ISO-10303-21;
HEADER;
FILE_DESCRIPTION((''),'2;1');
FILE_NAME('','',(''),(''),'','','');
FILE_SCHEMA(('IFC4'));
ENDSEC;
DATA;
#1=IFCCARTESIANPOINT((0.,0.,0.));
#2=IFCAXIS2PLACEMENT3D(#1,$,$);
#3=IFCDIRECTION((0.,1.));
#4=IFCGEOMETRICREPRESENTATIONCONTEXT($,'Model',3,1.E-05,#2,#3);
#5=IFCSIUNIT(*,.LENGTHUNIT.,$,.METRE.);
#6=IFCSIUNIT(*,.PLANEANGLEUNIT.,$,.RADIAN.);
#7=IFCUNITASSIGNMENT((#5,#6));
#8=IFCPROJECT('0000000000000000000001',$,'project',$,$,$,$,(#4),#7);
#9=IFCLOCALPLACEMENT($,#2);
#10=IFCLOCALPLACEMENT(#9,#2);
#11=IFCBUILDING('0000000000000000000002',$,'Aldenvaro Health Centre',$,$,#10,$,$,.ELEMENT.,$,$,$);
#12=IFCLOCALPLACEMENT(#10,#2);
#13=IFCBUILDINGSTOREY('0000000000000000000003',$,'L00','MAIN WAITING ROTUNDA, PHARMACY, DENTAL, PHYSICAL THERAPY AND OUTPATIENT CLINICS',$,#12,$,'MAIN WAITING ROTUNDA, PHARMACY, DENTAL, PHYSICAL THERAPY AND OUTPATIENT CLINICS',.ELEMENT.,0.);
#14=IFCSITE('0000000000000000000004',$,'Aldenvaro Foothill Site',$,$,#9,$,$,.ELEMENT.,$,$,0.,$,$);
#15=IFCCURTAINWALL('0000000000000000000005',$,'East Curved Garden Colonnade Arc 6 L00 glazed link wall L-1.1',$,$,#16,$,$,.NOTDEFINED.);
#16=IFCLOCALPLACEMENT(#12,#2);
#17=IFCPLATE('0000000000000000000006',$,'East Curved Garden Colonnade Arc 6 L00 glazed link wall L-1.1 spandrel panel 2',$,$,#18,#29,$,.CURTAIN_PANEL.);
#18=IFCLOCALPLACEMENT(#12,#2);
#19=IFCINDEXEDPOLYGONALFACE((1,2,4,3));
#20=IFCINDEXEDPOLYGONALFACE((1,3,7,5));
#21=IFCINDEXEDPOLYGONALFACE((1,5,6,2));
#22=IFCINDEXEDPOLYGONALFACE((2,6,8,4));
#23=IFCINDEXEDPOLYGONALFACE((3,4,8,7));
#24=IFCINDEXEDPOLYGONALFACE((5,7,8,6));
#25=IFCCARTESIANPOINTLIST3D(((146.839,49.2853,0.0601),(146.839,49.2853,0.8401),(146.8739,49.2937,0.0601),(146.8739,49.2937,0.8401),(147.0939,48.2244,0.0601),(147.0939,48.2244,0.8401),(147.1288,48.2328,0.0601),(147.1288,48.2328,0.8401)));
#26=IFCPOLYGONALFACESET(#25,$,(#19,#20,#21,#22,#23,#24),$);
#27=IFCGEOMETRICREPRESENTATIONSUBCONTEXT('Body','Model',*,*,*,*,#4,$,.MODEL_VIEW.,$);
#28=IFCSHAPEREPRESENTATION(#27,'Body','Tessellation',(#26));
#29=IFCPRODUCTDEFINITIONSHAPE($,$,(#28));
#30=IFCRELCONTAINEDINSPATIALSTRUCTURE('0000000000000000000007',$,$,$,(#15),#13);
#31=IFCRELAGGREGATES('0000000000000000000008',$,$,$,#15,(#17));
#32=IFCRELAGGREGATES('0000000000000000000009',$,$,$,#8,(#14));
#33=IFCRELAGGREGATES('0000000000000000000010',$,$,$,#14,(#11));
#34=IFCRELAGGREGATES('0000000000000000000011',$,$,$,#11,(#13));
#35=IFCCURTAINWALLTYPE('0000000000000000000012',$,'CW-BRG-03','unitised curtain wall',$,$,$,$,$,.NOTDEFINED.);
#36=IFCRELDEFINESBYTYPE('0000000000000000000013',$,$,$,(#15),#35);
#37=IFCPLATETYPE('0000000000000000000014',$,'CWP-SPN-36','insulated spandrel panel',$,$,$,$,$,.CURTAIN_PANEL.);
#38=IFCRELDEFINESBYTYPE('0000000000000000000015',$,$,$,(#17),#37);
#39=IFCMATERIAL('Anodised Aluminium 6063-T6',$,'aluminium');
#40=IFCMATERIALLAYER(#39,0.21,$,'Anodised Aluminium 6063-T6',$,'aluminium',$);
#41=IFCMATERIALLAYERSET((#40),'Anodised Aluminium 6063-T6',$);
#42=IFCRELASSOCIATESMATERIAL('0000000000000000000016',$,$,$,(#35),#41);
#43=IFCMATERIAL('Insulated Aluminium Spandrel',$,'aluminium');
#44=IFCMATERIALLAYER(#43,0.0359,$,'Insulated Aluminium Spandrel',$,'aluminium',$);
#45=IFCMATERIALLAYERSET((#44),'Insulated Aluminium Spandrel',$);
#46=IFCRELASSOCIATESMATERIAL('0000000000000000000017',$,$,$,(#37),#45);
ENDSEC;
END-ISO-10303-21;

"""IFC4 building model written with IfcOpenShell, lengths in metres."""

from ifc_helpers import new_model, si_unit, direction, frame, origin, origin_2d, place, context, subcontext, project, spatial, rectangle, extrude, material, layer, layer_set, type_object, element, aggregate, save


model = new_model("IFC4")

# Units and contexts
model_context = context("Model", 3, precision=1e-05, world=origin(), true_north=direction((0.0, 1.0)))
body_context = subcontext(model_context, "Body", "Model", "MODEL_VIEW")
ifc_project = project(units=[si_unit("LENGTHUNIT", "METRE"), si_unit("PLANEANGLEUNIT", "RADIAN")], contexts=[model_context])

# Site, building, storey
site_placement = place(None, origin())
site = spatial("IfcSite", under=ifc_project, at=site_placement, Name="Aldenvaro Foothill Site", CompositionType="ELEMENT", RefElevation=0.0)
building_placement = place(site_placement, origin())
building = spatial("IfcBuilding", under=site, at=building_placement, Name="Aldenvaro Health Centre", CompositionType="ELEMENT")
storey_placement = place(building_placement, origin())
storey = spatial("IfcBuildingStorey", under=building, at=storey_placement, Name="L00", Description="MAIN WAITING ROTUNDA, PHARMACY, DENTAL, PHYSICAL THERAPY AND OUTPATIENT CLINICS", LongName="MAIN WAITING ROTUNDA, PHARMACY, DENTAL, PHYSICAL THERAPY AND OUTPATIENT CLINICS", CompositionType="ELEMENT", Elevation=0.0)

# Curtain wall
ifc_material_1 = material(Name="Anodised Aluminium 6063-T6", Category="aluminium")
ifc_layer_1 = layer(ifc_material_1, 0.21, Name="Anodised Aluminium 6063-T6", Category="aluminium")
ifc_layer_set_1 = layer_set([ifc_layer_1], Name="Anodised Aluminium 6063-T6")
curtain_wall_type = type_object("IfcCurtainWallType", Name="CW-BRG-03", Description="unitised curtain wall", PredefinedType="NOTDEFINED", material=ifc_layer_set_1)
curtain_wall_1_placement = place(storey_placement, origin())
curtain_wall_1 = element("IfcCurtainWall", 1, at=curtain_wall_1_placement, inside=storey, type_object=curtain_wall_type, Name="East Curved Garden Colonnade Arc 6 L00 glazed link wall L-1.1", PredefinedType="NOTDEFINED")

# Plate
ifc_material_2 = material(Name="Insulated Aluminium Spandrel", Category="aluminium")
ifc_layer_2 = layer(ifc_material_2, 0.0359, Name="Insulated Aluminium Spandrel", Category="aluminium")
ifc_layer_set_2 = layer_set([ifc_layer_2], Name="Insulated Aluminium Spandrel")
plate_type_1 = type_object("IfcPlateType", Name="CWP-SPN-36", Description="insulated spandrel panel", PredefinedType="CURTAIN_PANEL", material=ifc_layer_set_2)
plate_1_placement = place(storey_placement, frame((146.9839, 48.759, 0.0601), z_axis=(0.0, 0.0, 1.0), x_axis=(0.233644, -0.972322, 0.0)))
plate_1 = element("IfcPlate", 2, at=plate_1_placement, type_object=plate_type_1, Name="East Curved Garden Colonnade Arc 6 L00 glazed link wall L-1.1 spandrel panel 2", PredefinedType="CURTAIN_PANEL", context=body_context, shape_type="SweptSolid", body=[
    extrude(rectangle(XDim=1.0911, YDim=0.0359, at=origin_2d()), origin(), (0.0, 0.0, 1.0), 0.78),
])
aggregate(curtain_wall_1, [plate_1])

save(model, "model.ifc")
